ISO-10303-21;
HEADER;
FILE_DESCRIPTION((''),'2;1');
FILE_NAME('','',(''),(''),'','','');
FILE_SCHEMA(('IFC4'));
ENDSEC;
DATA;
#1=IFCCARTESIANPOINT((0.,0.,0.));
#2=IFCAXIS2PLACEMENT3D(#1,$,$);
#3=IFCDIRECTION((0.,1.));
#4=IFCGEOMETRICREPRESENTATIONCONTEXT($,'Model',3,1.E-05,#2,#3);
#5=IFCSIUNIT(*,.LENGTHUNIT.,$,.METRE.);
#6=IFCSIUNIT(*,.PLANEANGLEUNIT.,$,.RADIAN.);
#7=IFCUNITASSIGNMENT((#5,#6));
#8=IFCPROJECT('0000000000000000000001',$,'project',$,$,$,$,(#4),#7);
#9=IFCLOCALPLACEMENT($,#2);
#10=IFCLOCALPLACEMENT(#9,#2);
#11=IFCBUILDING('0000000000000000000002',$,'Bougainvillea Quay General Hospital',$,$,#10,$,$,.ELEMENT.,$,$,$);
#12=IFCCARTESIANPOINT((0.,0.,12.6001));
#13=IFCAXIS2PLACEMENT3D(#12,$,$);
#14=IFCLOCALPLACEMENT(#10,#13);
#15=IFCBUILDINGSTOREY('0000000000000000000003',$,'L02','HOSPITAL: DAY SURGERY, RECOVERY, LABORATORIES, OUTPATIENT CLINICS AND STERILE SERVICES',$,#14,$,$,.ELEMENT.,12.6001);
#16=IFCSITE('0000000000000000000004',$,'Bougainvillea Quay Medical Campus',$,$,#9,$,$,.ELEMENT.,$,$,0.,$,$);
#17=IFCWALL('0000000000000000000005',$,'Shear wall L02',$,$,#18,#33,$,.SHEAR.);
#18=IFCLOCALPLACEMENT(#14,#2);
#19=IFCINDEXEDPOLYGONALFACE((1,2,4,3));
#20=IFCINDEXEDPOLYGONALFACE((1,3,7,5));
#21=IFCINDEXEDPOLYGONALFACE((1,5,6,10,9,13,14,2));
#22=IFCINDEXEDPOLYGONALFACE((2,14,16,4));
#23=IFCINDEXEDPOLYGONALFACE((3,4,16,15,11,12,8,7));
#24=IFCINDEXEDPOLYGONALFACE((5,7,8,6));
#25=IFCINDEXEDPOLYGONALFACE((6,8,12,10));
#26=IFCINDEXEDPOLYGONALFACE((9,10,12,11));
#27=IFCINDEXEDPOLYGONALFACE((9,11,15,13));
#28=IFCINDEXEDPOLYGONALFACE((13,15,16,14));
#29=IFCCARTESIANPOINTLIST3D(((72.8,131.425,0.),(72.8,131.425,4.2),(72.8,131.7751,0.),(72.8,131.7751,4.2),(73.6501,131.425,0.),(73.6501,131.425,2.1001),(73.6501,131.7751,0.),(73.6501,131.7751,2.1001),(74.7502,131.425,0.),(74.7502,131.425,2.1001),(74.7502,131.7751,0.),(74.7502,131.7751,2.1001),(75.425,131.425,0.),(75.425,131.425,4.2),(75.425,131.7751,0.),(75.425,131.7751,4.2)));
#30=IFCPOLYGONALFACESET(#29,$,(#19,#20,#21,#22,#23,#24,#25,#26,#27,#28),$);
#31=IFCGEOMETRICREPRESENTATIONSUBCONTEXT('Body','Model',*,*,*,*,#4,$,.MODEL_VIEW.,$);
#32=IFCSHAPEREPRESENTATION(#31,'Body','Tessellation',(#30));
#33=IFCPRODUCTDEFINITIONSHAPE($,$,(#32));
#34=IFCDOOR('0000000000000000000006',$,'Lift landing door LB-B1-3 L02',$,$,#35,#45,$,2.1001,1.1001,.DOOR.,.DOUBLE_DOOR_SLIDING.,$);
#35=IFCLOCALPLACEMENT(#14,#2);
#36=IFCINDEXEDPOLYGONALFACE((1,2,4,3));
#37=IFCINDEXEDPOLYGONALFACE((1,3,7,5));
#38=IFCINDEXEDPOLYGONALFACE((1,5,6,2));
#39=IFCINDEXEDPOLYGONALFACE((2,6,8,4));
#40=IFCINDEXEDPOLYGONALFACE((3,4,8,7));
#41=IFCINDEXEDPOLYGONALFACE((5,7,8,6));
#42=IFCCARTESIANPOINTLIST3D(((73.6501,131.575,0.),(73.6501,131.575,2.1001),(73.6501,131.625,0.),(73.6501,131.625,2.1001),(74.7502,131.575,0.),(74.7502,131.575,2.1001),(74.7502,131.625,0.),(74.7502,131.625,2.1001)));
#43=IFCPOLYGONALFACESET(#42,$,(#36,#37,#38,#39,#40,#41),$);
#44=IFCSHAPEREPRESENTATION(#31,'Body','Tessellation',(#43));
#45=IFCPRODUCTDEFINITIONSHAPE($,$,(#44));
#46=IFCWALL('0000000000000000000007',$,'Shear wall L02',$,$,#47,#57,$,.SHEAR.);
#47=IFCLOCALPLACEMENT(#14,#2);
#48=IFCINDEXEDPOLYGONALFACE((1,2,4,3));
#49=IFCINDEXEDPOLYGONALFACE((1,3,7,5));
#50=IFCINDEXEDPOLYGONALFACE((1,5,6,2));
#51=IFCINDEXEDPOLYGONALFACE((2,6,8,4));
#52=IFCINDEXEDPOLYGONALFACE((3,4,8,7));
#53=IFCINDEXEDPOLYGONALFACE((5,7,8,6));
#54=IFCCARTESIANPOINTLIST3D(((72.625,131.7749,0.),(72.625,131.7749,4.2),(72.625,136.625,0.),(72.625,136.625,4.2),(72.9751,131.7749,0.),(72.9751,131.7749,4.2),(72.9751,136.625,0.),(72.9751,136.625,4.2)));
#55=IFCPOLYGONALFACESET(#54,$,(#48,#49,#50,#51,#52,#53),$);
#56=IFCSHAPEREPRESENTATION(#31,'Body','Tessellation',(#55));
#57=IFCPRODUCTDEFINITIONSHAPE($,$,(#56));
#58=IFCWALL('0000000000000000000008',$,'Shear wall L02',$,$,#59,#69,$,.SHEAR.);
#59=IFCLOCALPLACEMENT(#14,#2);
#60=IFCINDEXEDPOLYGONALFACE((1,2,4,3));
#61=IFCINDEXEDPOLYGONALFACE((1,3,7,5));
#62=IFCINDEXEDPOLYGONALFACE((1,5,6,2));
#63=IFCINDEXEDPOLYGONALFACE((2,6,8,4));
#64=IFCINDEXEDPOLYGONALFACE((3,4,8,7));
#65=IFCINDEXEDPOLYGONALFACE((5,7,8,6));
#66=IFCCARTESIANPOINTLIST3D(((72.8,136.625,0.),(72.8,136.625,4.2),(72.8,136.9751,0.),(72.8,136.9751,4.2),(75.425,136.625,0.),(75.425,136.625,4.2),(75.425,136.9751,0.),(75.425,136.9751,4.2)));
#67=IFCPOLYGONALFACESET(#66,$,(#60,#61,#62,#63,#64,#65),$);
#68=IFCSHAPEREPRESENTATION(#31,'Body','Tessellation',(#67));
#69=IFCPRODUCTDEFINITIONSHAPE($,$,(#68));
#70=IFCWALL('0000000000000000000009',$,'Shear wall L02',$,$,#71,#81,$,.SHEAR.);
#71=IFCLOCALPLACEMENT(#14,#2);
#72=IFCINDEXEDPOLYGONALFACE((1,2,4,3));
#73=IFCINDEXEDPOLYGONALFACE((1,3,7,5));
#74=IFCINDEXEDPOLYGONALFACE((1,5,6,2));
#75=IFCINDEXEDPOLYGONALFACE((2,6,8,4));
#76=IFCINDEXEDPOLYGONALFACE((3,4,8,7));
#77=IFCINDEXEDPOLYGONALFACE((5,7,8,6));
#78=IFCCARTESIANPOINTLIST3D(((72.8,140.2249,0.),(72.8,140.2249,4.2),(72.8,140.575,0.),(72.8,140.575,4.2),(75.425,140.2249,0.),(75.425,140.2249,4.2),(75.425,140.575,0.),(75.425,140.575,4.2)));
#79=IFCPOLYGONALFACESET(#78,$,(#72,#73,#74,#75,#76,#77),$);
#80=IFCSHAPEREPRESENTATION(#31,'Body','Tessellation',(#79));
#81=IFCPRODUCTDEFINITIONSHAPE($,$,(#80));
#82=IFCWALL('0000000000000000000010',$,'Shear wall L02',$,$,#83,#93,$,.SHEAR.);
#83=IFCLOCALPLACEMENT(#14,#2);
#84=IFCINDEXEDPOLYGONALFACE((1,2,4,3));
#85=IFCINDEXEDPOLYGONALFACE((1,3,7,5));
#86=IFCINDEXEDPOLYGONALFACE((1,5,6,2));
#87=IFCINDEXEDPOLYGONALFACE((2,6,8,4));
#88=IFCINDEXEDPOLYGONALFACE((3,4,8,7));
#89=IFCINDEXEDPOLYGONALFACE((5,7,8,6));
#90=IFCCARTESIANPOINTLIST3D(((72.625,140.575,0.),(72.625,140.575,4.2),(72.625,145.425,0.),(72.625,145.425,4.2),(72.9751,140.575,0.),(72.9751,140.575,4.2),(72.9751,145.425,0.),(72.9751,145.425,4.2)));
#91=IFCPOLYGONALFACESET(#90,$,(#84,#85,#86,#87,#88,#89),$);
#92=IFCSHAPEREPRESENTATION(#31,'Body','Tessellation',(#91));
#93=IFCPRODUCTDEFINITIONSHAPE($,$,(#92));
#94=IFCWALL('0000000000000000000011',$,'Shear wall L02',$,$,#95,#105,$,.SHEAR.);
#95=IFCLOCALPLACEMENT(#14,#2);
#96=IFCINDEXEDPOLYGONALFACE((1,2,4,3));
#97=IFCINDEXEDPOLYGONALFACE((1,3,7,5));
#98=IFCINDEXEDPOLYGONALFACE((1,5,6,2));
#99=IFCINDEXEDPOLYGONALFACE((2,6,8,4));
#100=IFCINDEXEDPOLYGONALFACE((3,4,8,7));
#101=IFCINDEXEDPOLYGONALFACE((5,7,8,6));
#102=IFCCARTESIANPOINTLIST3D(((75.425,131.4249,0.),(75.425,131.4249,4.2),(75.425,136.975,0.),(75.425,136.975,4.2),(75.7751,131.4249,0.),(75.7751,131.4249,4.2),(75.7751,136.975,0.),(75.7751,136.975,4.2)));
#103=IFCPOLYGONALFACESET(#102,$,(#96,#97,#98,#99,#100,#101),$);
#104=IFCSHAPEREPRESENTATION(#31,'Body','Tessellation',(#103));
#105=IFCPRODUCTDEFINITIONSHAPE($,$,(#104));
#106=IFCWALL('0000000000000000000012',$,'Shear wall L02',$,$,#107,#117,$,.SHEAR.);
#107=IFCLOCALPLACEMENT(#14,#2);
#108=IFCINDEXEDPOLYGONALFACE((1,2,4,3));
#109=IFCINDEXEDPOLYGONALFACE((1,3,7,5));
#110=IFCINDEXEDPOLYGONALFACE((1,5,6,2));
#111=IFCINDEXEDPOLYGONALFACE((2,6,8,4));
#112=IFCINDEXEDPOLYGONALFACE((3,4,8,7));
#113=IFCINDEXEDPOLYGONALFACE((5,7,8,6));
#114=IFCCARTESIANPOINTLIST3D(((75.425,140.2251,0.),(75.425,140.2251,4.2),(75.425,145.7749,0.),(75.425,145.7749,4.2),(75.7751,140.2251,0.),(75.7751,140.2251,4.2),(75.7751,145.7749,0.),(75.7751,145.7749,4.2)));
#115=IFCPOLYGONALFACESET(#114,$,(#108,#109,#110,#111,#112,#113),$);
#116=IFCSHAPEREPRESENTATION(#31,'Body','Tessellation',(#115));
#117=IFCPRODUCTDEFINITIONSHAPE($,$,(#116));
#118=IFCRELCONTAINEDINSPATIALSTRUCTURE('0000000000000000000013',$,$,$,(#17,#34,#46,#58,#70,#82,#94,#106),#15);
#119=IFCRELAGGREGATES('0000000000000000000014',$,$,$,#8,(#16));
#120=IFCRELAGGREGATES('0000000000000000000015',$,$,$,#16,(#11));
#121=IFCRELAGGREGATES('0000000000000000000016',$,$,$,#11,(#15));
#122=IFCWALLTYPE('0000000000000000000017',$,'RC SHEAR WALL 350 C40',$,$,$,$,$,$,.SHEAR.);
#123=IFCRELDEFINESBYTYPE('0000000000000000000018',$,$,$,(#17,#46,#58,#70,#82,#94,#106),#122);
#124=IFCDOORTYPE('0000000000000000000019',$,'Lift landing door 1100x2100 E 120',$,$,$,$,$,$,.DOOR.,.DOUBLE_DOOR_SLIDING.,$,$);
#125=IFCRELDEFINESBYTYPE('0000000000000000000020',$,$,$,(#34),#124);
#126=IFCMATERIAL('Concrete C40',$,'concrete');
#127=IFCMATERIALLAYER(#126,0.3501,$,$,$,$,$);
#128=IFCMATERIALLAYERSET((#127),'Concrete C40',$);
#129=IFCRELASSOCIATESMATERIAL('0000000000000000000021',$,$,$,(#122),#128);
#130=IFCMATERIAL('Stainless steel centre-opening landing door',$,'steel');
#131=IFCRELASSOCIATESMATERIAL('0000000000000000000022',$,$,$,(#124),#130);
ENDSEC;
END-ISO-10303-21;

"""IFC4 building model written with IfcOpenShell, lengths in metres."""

from ifc_helpers import new_model, si_unit, direction, frame, frame_2d, origin, place, context, subcontext, project, spatial, rectangle, extrude, material, layer, layer_set, type_object, element, fill, save


model = new_model("IFC4")

# Units and contexts
model_context = context("Model", 3, precision=1e-05, world=origin(), true_north=direction((0.0, 1.0)))
body_context = subcontext(model_context, "Body", "Model", "MODEL_VIEW")
ifc_project = project(units=[si_unit("LENGTHUNIT", "METRE"), si_unit("PLANEANGLEUNIT", "RADIAN")], contexts=[model_context])

# Site, building, storey
site_placement = place(None, origin())
site = spatial("IfcSite", under=ifc_project, at=site_placement, Name="Bougainvillea Quay Medical Campus", CompositionType="ELEMENT", RefElevation=0.0)
building_placement = place(site_placement, origin())
building = spatial("IfcBuilding", under=site, at=building_placement, Name="Bougainvillea Quay General Hospital", CompositionType="ELEMENT")
storey_placement = place(building_placement, frame((0.0, 0.0, 12.6001)))
storey = spatial("IfcBuildingStorey", under=building, at=storey_placement, Name="L02", Description="HOSPITAL: DAY SURGERY, RECOVERY, LABORATORIES, OUTPATIENT CLINICS AND STERILE SERVICES", CompositionType="ELEMENT", Elevation=12.6001)

# Shared definitions
ifc_material_1 = material(Name="Concrete C40", Category="concrete")

# Shared definitions
ifc_layer_1 = layer(ifc_material_1, 0.3501)
ifc_layer_set_1 = layer_set([ifc_layer_1], Name="Concrete C40")
wall_type_1 = type_object("IfcWallType", Name="RC SHEAR WALL 350 C40", PredefinedType="SHEAR", material=ifc_layer_set_1)

# Shared definitions
ifc_material_2 = material(Name="Stainless steel centre-opening landing door", Category="steel")
door_type_1 = type_object("IfcDoorType", Name="Lift landing door 1100x2100 E 120", OperationType="DOUBLE_DOOR_SLIDING", PredefinedType="DOOR", material=ifc_material_2)

# Wall, opening, door
wall_1_placement = place(storey_placement, frame((72.8, 131.6001, 0.0), z_axis=(0.0, 0.0, 1.0), x_axis=(1.0, 0.0, 0.0)))
wall_1 = element("IfcWall", 1, at=wall_1_placement, inside=storey, type_object=wall_type_1, Name="Shear wall L02", PredefinedType="SHEAR", context=body_context, shape_type="SweptSolid", body=[
    extrude(rectangle(XDim=2.625, YDim=0.3501, at=frame_2d((1.3125, 0.0))), origin(), (0.0, 0.0, 1.0), 4.2),
])
opening_1_placement = place(wall_1_placement, frame((0.8501, 0.0, 0.0)))
opening_1 = element("IfcOpeningElement", 2, at=opening_1_placement, cuts=wall_1, PredefinedType="OPENING", context=body_context, shape_type="SweptSolid", body=[
    extrude(rectangle(XDim=1.1001, YDim=2.1001, at=frame_2d((0.55, 1.05))), frame((0.0, 0.1851, 0.0), z_axis=(0.0, -1.0, 0.0), x_axis=(1.0, 0.0, 0.0)), (0.0, 0.0, 1.0), 0.3701),
])
door_1_placement = place(opening_1_placement, origin())
door_1 = element("IfcDoor", 3, at=door_1_placement, inside=storey, type_object=door_type_1, Name="Lift landing door LB-B1-3 L02", OperationType="DOUBLE_DOOR_SLIDING", OverallHeight=2.1001, OverallWidth=1.1001, PredefinedType="DOOR", context=body_context, shape_type="SweptSolid", body=[
    extrude(rectangle(XDim=1.1001, YDim=2.1001, at=frame_2d((0.55, 1.05))), frame((0.0, 0.0249, 0.0), z_axis=(0.0, -1.0, 0.0), x_axis=(1.0, 0.0, 0.0)), (0.0, 0.0, 1.0), 0.05),
])
fill(opening_1, door_1)

# Walls
wall_2_placement = place(storey_placement, frame((72.8, 131.7749, 0.0), z_axis=(0.0, 0.0, 1.0), x_axis=(0.0, 1.0, 0.0)))
element("IfcWall", 4, at=wall_2_placement, inside=storey, type_object=wall_type_1, Name="Shear wall L02", PredefinedType="SHEAR", context=body_context, shape_type="SweptSolid", body=[
    extrude(rectangle(XDim=4.8501, YDim=0.3501, at=frame_2d((2.425, 0.0))), origin(), (0.0, 0.0, 1.0), 4.2),
])
for number, where, z_axis, x_axis, name in (
    (5, (72.8, 136.8, 0.0), (0.0, 0.0, 1.0), (1.0, 0.0, 0.0), "Shear wall L02"),
    (6, (72.8, 140.3999, 0.0), (0.0, 0.0, 1.0), (1.0, 0.0, 0.0), "Shear wall L02"),
):
    element("IfcWall", number, at=place(storey_placement, frame(where, z_axis=z_axis, x_axis=x_axis)), inside=storey, type_object=wall_type_1, Name=name, PredefinedType="SHEAR", context=body_context, shape_type="SweptSolid", body=[
        extrude(rectangle(XDim=2.625, YDim=0.3501, at=frame_2d((1.3125, 0.0))), origin(), (0.0, 0.0, 1.0), 4.2),
    ])
wall_3_placement = place(storey_placement, frame((72.8, 140.575, 0.0), z_axis=(0.0, 0.0, 1.0), x_axis=(0.0, 1.0, 0.0)))
element("IfcWall", 7, at=wall_3_placement, inside=storey, type_object=wall_type_1, Name="Shear wall L02", PredefinedType="SHEAR", context=body_context, shape_type="SweptSolid", body=[
    extrude(rectangle(XDim=4.8501, YDim=0.3501, at=frame_2d((2.425, 0.0))), origin(), (0.0, 0.0, 1.0), 4.2),
])
wall_4_placement = place(storey_placement, frame((75.6001, 131.425, 0.0), z_axis=(0.0, 0.0, 1.0), x_axis=(0.0, 1.0, 0.0)))
element("IfcWall", 8, at=wall_4_placement, inside=storey, type_object=wall_type_1, Name="Shear wall L02", PredefinedType="SHEAR", context=body_context, shape_type="SweptSolid", body=[
    extrude(rectangle(XDim=5.55, YDim=0.3501, at=frame_2d((2.7749, 0.0))), origin(), (0.0, 0.0, 1.0), 4.2),
])
wall_5_placement = place(storey_placement, frame((75.6001, 140.2251, 0.0), z_axis=(0.0, 0.0, 1.0), x_axis=(0.0, 1.0, 0.0)))
element("IfcWall", 9, at=wall_5_placement, inside=storey, type_object=wall_type_1, Name="Shear wall L02", PredefinedType="SHEAR", context=body_context, shape_type="SweptSolid", body=[
    extrude(rectangle(XDim=5.5498, YDim=0.3501, at=frame_2d((2.7749, 0.0))), origin(), (0.0, 0.0, 1.0), 4.2),
])

save(model, "model.ifc")
